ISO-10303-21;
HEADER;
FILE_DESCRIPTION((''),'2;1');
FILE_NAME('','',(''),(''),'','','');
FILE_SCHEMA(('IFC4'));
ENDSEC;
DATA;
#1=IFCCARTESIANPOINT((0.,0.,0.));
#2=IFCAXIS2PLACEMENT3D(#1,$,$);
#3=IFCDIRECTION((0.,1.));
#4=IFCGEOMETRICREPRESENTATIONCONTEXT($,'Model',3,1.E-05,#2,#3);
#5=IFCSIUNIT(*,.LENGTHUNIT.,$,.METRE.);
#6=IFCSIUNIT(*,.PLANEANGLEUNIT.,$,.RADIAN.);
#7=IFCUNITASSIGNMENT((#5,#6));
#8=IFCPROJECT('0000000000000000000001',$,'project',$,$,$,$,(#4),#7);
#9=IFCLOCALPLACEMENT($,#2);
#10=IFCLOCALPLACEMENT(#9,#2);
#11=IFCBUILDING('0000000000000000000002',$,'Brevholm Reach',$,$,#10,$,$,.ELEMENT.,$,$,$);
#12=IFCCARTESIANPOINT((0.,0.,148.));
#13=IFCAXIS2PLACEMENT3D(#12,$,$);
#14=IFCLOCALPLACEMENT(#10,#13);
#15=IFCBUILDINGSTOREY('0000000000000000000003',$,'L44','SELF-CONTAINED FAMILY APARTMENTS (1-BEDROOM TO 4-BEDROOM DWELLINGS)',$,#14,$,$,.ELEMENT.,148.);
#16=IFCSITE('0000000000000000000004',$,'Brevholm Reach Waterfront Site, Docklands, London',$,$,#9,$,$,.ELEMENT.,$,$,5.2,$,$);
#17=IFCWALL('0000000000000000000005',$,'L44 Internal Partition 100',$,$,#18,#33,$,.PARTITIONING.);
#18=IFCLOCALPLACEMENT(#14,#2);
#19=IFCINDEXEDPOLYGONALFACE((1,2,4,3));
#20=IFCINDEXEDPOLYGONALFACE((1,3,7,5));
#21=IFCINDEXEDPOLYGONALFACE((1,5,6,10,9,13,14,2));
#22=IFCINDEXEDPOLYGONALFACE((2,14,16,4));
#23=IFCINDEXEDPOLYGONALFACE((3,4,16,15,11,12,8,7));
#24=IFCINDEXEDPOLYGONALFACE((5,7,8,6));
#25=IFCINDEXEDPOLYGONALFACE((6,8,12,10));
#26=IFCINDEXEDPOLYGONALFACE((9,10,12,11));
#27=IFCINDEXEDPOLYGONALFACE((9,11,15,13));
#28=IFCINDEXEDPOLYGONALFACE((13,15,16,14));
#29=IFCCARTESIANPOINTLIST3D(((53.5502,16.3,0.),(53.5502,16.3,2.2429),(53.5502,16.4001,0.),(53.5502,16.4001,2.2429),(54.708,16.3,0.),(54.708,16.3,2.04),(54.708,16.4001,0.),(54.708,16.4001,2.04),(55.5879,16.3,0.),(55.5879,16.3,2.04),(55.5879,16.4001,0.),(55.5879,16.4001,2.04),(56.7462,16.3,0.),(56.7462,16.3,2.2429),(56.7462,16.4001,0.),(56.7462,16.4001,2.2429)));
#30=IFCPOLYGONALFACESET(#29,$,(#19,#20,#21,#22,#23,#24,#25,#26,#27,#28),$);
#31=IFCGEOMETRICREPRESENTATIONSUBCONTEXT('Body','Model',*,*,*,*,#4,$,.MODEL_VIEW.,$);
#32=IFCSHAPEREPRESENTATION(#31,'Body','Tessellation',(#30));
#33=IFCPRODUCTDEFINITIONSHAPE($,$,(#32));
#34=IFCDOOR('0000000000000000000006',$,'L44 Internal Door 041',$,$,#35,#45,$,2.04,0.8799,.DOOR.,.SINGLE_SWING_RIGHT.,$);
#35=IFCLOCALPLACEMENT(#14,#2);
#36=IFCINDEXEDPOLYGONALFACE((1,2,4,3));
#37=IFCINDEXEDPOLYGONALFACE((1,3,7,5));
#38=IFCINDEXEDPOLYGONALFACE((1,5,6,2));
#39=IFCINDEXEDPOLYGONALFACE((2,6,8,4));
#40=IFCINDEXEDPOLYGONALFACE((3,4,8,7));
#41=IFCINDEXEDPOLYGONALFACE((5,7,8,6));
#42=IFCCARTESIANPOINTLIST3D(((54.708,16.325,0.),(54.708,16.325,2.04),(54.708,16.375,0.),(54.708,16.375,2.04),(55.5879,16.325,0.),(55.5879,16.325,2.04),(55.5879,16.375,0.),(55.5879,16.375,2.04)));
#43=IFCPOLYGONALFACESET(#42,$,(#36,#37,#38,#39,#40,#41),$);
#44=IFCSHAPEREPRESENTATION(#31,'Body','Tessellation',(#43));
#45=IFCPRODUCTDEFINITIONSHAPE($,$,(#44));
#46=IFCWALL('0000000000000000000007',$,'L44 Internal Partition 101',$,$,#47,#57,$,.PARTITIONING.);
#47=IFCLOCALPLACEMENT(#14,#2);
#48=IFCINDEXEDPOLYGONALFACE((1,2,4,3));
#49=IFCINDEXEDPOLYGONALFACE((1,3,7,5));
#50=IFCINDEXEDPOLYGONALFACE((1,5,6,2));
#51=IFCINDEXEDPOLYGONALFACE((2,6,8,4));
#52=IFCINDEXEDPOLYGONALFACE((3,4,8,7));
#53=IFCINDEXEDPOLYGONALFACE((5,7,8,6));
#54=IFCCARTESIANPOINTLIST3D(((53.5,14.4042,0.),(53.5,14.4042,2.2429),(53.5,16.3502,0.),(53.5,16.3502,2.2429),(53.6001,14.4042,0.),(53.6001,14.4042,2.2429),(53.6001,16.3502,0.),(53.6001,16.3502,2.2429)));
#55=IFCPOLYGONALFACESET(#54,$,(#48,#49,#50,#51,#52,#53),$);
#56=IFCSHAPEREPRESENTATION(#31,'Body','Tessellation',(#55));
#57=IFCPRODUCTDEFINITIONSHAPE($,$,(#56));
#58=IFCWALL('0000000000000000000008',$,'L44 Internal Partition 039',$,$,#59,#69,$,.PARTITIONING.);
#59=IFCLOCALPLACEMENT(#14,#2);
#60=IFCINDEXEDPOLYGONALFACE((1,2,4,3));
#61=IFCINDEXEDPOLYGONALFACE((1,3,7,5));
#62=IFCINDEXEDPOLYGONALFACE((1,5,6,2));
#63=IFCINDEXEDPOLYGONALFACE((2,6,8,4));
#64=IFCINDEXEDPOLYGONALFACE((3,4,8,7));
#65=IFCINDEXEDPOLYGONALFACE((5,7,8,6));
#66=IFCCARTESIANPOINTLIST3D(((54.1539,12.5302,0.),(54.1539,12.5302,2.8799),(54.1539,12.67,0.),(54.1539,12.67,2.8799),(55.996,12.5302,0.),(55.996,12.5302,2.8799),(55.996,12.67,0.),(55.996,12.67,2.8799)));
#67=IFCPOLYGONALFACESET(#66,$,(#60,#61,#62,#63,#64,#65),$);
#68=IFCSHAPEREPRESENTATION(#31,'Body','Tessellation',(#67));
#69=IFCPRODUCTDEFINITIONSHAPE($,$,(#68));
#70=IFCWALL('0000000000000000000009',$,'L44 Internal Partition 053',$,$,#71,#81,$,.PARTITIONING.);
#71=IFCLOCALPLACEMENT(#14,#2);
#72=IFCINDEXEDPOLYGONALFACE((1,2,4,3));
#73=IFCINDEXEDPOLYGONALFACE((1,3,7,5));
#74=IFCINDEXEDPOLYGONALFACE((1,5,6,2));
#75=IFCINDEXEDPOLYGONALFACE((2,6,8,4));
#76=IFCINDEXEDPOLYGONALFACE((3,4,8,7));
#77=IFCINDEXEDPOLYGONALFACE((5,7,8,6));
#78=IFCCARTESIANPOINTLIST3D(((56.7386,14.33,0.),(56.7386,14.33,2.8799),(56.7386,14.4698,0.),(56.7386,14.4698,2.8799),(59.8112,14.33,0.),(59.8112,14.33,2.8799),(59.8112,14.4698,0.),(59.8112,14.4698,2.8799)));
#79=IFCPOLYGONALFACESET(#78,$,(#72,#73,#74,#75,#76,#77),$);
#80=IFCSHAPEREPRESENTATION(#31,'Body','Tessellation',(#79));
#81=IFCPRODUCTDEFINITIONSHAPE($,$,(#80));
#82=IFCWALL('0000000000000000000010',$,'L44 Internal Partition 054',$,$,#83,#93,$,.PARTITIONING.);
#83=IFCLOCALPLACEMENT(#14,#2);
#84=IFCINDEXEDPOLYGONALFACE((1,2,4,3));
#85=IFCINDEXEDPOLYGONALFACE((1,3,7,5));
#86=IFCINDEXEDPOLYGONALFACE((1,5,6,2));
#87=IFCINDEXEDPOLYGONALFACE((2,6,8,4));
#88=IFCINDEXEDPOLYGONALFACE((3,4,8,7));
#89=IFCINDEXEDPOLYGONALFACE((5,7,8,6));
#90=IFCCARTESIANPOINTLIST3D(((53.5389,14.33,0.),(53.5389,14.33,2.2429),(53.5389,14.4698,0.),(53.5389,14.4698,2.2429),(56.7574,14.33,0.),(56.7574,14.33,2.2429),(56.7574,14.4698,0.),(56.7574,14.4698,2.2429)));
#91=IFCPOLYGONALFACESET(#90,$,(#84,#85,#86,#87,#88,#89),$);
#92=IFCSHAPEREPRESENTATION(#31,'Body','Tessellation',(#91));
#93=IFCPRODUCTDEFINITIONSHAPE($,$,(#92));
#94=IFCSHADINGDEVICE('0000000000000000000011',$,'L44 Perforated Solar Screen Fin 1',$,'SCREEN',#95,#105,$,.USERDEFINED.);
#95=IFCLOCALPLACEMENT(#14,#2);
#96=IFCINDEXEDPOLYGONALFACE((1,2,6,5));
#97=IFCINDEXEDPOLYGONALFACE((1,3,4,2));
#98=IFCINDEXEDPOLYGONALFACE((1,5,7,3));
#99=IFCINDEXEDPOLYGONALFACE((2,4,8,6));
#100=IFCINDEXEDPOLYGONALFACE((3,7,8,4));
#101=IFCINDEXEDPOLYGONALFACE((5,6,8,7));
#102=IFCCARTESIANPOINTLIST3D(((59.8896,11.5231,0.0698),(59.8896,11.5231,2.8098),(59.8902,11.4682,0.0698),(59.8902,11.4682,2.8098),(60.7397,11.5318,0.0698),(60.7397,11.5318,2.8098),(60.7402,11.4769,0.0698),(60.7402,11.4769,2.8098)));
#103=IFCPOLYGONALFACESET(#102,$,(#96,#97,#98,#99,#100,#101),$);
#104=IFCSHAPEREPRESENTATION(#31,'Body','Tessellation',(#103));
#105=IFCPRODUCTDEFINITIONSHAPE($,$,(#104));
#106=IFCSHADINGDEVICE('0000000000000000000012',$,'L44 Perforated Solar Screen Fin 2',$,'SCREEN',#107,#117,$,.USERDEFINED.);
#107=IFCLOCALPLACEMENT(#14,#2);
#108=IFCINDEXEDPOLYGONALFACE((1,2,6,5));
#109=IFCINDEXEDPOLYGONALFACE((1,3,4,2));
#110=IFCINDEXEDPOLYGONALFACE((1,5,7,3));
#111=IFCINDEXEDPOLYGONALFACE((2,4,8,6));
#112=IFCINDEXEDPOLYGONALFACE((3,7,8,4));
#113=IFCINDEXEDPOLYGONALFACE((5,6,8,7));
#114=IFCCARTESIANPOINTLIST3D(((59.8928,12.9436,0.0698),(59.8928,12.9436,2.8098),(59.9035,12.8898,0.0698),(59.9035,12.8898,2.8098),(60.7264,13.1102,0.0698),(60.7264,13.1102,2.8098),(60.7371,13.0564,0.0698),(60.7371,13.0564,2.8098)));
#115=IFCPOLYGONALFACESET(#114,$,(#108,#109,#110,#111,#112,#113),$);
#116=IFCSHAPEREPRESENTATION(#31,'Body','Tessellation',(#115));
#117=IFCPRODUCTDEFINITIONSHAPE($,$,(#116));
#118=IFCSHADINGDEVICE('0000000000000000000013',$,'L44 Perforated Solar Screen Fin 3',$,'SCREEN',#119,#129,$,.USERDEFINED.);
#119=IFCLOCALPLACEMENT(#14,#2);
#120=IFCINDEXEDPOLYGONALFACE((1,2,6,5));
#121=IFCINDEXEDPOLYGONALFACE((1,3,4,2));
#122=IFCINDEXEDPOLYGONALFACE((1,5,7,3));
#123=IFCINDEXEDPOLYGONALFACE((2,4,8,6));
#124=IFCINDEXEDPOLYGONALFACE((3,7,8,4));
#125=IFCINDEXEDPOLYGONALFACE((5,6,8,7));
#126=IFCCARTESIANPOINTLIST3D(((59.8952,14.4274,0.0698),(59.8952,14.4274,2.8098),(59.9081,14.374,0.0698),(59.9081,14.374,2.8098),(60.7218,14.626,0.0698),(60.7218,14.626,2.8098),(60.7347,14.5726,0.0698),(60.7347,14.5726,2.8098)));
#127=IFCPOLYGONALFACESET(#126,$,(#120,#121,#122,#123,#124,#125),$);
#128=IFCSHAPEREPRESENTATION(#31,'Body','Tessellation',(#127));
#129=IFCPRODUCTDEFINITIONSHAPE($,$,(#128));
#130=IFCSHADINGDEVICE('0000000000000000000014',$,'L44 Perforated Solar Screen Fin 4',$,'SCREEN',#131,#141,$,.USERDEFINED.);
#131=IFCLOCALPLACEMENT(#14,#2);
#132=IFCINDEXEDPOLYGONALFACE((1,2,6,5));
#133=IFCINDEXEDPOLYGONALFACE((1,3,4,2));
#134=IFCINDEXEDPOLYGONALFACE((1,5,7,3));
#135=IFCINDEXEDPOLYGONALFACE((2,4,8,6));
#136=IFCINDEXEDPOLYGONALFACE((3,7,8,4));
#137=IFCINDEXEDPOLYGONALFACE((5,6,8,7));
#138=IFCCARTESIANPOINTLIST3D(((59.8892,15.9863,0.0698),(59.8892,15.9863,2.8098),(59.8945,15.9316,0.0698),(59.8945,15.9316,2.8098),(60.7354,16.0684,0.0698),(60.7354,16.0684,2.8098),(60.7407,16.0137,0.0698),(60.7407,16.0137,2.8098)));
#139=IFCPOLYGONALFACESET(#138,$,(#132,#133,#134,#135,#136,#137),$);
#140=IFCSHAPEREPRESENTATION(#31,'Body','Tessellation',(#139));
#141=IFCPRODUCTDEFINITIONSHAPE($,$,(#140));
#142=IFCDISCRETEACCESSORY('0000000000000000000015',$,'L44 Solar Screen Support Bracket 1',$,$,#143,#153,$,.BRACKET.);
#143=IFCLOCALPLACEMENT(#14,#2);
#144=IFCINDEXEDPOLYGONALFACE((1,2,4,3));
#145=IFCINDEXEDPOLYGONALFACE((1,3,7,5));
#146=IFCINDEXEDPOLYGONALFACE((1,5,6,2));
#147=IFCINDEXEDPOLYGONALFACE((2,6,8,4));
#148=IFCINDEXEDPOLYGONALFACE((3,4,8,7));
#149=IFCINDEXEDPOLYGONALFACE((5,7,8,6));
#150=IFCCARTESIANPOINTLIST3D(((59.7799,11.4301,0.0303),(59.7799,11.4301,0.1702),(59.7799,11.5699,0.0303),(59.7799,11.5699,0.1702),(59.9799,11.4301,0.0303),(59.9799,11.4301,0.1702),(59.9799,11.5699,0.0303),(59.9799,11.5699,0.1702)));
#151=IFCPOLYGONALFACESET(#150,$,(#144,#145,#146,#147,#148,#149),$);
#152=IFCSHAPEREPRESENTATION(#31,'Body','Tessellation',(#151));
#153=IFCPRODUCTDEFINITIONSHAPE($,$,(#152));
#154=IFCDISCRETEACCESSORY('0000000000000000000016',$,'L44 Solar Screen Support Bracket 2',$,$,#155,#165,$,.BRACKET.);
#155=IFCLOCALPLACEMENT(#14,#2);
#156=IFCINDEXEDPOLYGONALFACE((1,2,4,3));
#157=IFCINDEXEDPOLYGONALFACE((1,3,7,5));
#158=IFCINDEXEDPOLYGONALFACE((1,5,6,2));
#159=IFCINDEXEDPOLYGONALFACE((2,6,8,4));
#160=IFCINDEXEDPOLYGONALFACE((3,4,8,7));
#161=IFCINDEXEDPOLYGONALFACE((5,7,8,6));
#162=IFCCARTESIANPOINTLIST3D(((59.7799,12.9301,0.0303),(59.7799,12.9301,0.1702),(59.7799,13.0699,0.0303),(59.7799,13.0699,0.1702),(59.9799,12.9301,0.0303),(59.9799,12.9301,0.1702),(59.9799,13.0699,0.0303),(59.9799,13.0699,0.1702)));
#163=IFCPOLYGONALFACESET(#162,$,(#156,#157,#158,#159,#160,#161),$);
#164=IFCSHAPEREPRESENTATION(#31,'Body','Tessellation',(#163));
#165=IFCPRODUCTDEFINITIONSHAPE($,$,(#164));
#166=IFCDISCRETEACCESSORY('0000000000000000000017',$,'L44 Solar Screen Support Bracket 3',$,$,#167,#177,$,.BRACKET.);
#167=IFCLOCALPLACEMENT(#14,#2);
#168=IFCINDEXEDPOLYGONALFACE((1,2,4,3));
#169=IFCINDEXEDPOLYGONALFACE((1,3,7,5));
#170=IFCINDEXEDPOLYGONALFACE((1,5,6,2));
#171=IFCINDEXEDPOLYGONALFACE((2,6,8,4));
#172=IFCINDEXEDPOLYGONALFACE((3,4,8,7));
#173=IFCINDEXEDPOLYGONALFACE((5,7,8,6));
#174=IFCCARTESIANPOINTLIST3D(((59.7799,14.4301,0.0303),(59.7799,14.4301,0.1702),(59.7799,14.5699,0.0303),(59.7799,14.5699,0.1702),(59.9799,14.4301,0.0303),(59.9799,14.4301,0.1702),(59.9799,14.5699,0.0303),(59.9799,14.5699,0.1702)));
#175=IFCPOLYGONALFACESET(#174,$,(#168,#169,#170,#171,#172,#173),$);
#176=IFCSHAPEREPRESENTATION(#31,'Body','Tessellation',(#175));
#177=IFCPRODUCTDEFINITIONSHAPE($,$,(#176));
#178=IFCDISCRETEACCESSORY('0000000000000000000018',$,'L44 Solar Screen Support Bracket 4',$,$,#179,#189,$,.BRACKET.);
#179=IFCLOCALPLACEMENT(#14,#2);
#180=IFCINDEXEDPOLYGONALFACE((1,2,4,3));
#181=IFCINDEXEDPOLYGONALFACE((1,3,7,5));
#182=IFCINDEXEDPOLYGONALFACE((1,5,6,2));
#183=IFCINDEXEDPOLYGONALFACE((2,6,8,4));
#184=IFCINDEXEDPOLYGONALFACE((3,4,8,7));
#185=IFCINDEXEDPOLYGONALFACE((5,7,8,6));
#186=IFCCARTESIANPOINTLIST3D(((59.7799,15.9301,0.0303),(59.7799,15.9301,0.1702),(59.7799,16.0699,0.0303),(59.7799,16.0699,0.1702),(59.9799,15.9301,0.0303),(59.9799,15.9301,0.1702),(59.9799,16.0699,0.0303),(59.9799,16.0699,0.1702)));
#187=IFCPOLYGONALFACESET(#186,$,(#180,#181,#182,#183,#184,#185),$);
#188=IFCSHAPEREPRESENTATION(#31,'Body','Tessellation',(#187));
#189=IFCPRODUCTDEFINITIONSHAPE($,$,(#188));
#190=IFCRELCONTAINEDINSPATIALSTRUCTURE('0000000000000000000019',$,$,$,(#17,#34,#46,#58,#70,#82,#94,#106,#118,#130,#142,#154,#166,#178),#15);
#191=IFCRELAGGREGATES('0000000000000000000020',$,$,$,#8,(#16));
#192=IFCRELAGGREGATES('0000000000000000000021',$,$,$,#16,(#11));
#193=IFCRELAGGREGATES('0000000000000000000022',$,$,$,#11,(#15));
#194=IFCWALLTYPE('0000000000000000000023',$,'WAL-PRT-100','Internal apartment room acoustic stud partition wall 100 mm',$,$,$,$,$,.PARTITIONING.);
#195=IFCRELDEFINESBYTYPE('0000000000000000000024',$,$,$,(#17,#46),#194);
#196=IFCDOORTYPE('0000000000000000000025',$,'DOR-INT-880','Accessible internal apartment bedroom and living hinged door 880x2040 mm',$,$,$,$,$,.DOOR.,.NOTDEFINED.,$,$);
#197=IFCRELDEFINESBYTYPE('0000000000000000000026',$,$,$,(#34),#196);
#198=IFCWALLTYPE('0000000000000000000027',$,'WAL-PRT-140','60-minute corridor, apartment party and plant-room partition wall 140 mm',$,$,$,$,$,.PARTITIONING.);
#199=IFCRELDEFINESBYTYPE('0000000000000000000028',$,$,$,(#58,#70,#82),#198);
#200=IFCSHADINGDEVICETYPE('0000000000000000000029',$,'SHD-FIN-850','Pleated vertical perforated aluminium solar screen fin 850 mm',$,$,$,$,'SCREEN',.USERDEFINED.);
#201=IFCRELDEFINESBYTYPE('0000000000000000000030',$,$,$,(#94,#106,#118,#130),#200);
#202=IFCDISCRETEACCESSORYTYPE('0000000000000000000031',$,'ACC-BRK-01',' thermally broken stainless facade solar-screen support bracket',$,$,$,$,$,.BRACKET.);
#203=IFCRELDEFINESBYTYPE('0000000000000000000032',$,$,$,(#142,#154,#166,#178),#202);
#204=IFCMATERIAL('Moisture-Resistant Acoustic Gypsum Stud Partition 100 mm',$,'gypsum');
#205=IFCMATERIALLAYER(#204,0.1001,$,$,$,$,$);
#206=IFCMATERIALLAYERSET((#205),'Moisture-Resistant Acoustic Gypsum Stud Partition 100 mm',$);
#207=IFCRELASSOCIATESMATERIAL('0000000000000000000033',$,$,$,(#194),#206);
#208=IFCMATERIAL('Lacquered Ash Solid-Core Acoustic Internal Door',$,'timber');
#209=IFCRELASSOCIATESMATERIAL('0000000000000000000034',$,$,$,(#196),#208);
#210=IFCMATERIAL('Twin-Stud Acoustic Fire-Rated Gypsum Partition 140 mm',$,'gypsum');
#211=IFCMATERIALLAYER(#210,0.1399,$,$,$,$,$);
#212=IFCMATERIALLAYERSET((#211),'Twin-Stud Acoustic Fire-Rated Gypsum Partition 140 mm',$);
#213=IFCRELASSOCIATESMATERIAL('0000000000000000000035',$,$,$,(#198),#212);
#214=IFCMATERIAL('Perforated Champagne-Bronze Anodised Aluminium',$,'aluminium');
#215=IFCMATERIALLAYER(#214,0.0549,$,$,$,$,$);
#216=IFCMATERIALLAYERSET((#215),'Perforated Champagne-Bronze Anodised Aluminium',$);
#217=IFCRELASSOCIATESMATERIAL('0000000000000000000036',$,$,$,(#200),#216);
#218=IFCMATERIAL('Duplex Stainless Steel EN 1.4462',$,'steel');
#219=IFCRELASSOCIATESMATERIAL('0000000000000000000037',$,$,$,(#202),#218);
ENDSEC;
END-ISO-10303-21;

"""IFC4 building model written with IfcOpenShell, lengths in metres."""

from ifc_helpers import new_model, si_unit, direction, frame, frame_2d, origin, origin_2d, place, context, subcontext, project, spatial, rectangle, extrude, material, layer, layer_set, type_object, element, fill, save


model = new_model("IFC4")

# Units and contexts
model_context = context("Model", 3, precision=1e-05, world=origin(), true_north=direction((0.0, 1.0)))
body_context = subcontext(model_context, "Body", "Model", "MODEL_VIEW")
ifc_project = project(units=[si_unit("LENGTHUNIT", "METRE"), si_unit("PLANEANGLEUNIT", "RADIAN")], contexts=[model_context])

# Site, building, storey
site_placement = place(None, origin())
site = spatial("IfcSite", under=ifc_project, at=site_placement, Name="Brevholm Reach Waterfront Site, Docklands, London", CompositionType="ELEMENT", RefElevation=5.2)
building_placement = place(site_placement, origin())
building = spatial("IfcBuilding", under=site, at=building_placement, Name="Brevholm Reach", CompositionType="ELEMENT")
storey_placement = place(building_placement, frame((0.0, 0.0, 148.0)))
storey = spatial("IfcBuildingStorey", under=building, at=storey_placement, Name="L44", Description="SELF-CONTAINED FAMILY APARTMENTS (1-BEDROOM TO 4-BEDROOM DWELLINGS)", CompositionType="ELEMENT", Elevation=148.0)

# Shared definitions
ifc_material_1 = material(Name="Moisture-Resistant Acoustic Gypsum Stud Partition 100 mm", Category="gypsum")
ifc_layer_1 = layer(ifc_material_1, 0.1001)
ifc_layer_set_1 = layer_set([ifc_layer_1], Name="Moisture-Resistant Acoustic Gypsum Stud Partition 100 mm")
wall_type_1 = type_object("IfcWallType", Name="WAL-PRT-100", Description="Internal apartment room acoustic stud partition wall 100 mm", PredefinedType="PARTITIONING", material=ifc_layer_set_1)

# Wall, opening, door
wall_1_placement = place(storey_placement, frame((53.55, 16.3501, 0.0), z_axis=(0.0, 0.0, 1.0), x_axis=(1.0, 0.0, 0.0)))
wall_1 = element("IfcWall", 1, at=wall_1_placement, inside=storey, type_object=wall_type_1, Name="L44 Internal Partition 100", PredefinedType="PARTITIONING", context=body_context, shape_type="SweptSolid", body=[
    extrude(rectangle(XDim=3.196, YDim=0.1001, at=frame_2d((1.5981, 0.0))), origin(), (0.0, 0.0, 1.0), 2.2429),
])
opening_1_placement = place(wall_1_placement, frame((1.158, 0.0, 0.0)))
opening_1 = element("IfcOpeningElement", 2, at=opening_1_placement, cuts=wall_1, PredefinedType="OPENING", context=body_context, shape_type="SweptSolid", body=[
    extrude(rectangle(XDim=0.8799, YDim=2.04, at=frame_2d((0.4399, 1.02))), frame((0.0, 0.0601, 0.0), z_axis=(0.0, -1.0, 0.0), x_axis=(1.0, 0.0, 0.0)), (0.0, 0.0, 1.0), 0.1201),
])
ifc_material_2 = material(Name="Lacquered Ash Solid-Core Acoustic Internal Door", Category="timber")
door_type_1 = type_object("IfcDoorType", Name="DOR-INT-880", Description="Accessible internal apartment bedroom and living hinged door 880x2040 mm", OperationType="NOTDEFINED", PredefinedType="DOOR", material=ifc_material_2)
door_1_placement = place(opening_1_placement, origin())
door_1 = element("IfcDoor", 3, at=door_1_placement, inside=storey, type_object=door_type_1, Name="L44 Internal Door 041", OperationType="SINGLE_SWING_RIGHT", OverallHeight=2.04, OverallWidth=0.8799, PredefinedType="DOOR", context=body_context, shape_type="SweptSolid", body=[
    extrude(rectangle(XDim=0.8799, YDim=2.04, at=frame_2d((0.4399, 1.02))), frame((0.0, 0.0249, 0.0), z_axis=(0.0, -1.0, 0.0), x_axis=(1.0, 0.0, 0.0)), (0.0, 0.0, 1.0), 0.05),
])
fill(opening_1, door_1)

# Walls
wall_2_placement = place(storey_placement, frame((53.55, 14.4041, 0.0), z_axis=(0.0, 0.0, 1.0), x_axis=(0.0, 1.0, 0.0)))
element("IfcWall", 4, at=wall_2_placement, inside=storey, type_object=wall_type_1, Name="L44 Internal Partition 101", PredefinedType="PARTITIONING", context=body_context, shape_type="SweptSolid", body=[
    extrude(rectangle(XDim=1.946, YDim=0.1001, at=frame_2d((0.9731, 0.0))), origin(), (0.0, 0.0, 1.0), 2.2429),
])
ifc_material_3 = material(Name="Twin-Stud Acoustic Fire-Rated Gypsum Partition 140 mm", Category="gypsum")
ifc_layer_2 = layer(ifc_material_3, 0.1399)
ifc_layer_set_2 = layer_set([ifc_layer_2], Name="Twin-Stud Acoustic Fire-Rated Gypsum Partition 140 mm")
wall_type_2 = type_object("IfcWallType", Name="WAL-PRT-140", Description="60-minute corridor, apartment party and plant-room partition wall 140 mm", PredefinedType="PARTITIONING", material=ifc_layer_set_2)
wall_3_placement = place(storey_placement, frame((54.1541, 12.6001, 0.0), z_axis=(0.0, 0.0, 1.0), x_axis=(1.0, 0.0, 0.0)))
element("IfcWall", 5, at=wall_3_placement, inside=storey, type_object=wall_type_2, Name="L44 Internal Partition 039", PredefinedType="PARTITIONING", context=body_context, shape_type="SweptSolid", body=[
    extrude(rectangle(XDim=1.842, YDim=0.1399, at=frame_2d((0.9209, 0.0))), origin(), (0.0, 0.0, 1.0), 2.8799),
])
wall_4_placement = place(storey_placement, frame((56.7388, 14.3999, 0.0), z_axis=(0.0, 0.0, 1.0), x_axis=(1.0, 0.0, 0.0)))
element("IfcWall", 6, at=wall_4_placement, inside=storey, type_object=wall_type_2, Name="L44 Internal Partition 053", PredefinedType="PARTITIONING", context=body_context, shape_type="SweptSolid", body=[
    extrude(rectangle(XDim=3.0725, YDim=0.1399, at=frame_2d((1.5361, 0.0))), origin(), (0.0, 0.0, 1.0), 2.8799),
])
wall_5_placement = place(storey_placement, frame((53.5388, 14.3999, 0.0), z_axis=(0.0, 0.0, 1.0), x_axis=(1.0, 0.0, 0.0)))
element("IfcWall", 7, at=wall_5_placement, inside=storey, type_object=wall_type_2, Name="L44 Internal Partition 054", PredefinedType="PARTITIONING", context=body_context, shape_type="SweptSolid", body=[
    extrude(rectangle(XDim=3.2185, YDim=0.1399, at=frame_2d((1.6094, 0.0))), origin(), (0.0, 0.0, 1.0), 2.2429),
])

# Shading devices
ifc_material_4 = material(Name="Perforated Champagne-Bronze Anodised Aluminium", Category="aluminium")
ifc_layer_3 = layer(ifc_material_4, 0.0549)
ifc_layer_set_3 = layer_set([ifc_layer_3], Name="Perforated Champagne-Bronze Anodised Aluminium")
shading_device_type = type_object("IfcShadingDeviceType", Name="SHD-FIN-850", Description="Pleated vertical perforated aluminium solar screen fin 850 mm", ElementType="SCREEN", PredefinedType="USERDEFINED", material=ifc_layer_set_3)
for number, where, z_axis, x_axis, name in (
    (8, (60.3149, 11.5, 0.0698), (0.0, 0.0, 1.0), (0.999947, 0.010262, 0.0), "L44 Perforated Solar Screen Fin 1"),
    (9, (60.3149, 13.0, 0.0698), (0.0, 0.0, 1.0), (0.980604, 0.195997, 0.0), "L44 Perforated Solar Screen Fin 2"),
    (10, (60.3149, 14.5, 0.0698), (0.0, 0.0, 1.0), (0.972345, 0.233547, 0.0), "L44 Perforated Solar Screen Fin 3"),
    (11, (60.3149, 16.0, 0.0698), (0.0, 0.0, 1.0), (0.995331, 0.096523, 0.0), "L44 Perforated Solar Screen Fin 4"),
):
    element("IfcShadingDevice", number, at=place(storey_placement, frame(where, z_axis=z_axis, x_axis=x_axis)), inside=storey, type_object=shading_device_type, Name=name, ObjectType="SCREEN", PredefinedType="USERDEFINED", context=body_context, shape_type="SweptSolid", body=[
        extrude(rectangle(XDim=0.8501, YDim=0.0549, at=origin_2d()), origin(), (0.0, 0.0, 1.0), 2.74),
    ])

# Discrete accessories
ifc_material_5 = material(Name="Duplex Stainless Steel EN 1.4462", Category="steel")
discrete_accessory_type = type_object("IfcDiscreteAccessoryType", Name="ACC-BRK-01", Description=" thermally broken stainless facade solar-screen support bracket", PredefinedType="BRACKET", material=ifc_material_5)
for number, where, z_axis, x_axis, name in (
    (12, (59.8799, 11.5, 0.0303), (0.0, 0.0, 1.0), (1.0, 0.0, 0.0), "L44 Solar Screen Support Bracket 1"),
    (13, (59.8799, 13.0, 0.0303), (0.0, 0.0, 1.0), (1.0, 0.0, 0.0), "L44 Solar Screen Support Bracket 2"),
    (14, (59.8799, 14.5, 0.0303), (0.0, 0.0, 1.0), (1.0, 0.0, 0.0), "L44 Solar Screen Support Bracket 3"),
    (15, (59.8799, 16.0, 0.0303), (0.0, 0.0, 1.0), (1.0, 0.0, 0.0), "L44 Solar Screen Support Bracket 4"),
):
    element("IfcDiscreteAccessory", number, at=place(storey_placement, frame(where, z_axis=z_axis, x_axis=x_axis)), inside=storey, type_object=discrete_accessory_type, Name=name, PredefinedType="BRACKET", context=body_context, shape_type="SweptSolid", body=[
        extrude(rectangle(XDim=0.2, YDim=0.1399, at=origin_2d()), origin(), (0.0, 0.0, 1.0), 0.1399),
    ])

save(model, "model.ifc")
